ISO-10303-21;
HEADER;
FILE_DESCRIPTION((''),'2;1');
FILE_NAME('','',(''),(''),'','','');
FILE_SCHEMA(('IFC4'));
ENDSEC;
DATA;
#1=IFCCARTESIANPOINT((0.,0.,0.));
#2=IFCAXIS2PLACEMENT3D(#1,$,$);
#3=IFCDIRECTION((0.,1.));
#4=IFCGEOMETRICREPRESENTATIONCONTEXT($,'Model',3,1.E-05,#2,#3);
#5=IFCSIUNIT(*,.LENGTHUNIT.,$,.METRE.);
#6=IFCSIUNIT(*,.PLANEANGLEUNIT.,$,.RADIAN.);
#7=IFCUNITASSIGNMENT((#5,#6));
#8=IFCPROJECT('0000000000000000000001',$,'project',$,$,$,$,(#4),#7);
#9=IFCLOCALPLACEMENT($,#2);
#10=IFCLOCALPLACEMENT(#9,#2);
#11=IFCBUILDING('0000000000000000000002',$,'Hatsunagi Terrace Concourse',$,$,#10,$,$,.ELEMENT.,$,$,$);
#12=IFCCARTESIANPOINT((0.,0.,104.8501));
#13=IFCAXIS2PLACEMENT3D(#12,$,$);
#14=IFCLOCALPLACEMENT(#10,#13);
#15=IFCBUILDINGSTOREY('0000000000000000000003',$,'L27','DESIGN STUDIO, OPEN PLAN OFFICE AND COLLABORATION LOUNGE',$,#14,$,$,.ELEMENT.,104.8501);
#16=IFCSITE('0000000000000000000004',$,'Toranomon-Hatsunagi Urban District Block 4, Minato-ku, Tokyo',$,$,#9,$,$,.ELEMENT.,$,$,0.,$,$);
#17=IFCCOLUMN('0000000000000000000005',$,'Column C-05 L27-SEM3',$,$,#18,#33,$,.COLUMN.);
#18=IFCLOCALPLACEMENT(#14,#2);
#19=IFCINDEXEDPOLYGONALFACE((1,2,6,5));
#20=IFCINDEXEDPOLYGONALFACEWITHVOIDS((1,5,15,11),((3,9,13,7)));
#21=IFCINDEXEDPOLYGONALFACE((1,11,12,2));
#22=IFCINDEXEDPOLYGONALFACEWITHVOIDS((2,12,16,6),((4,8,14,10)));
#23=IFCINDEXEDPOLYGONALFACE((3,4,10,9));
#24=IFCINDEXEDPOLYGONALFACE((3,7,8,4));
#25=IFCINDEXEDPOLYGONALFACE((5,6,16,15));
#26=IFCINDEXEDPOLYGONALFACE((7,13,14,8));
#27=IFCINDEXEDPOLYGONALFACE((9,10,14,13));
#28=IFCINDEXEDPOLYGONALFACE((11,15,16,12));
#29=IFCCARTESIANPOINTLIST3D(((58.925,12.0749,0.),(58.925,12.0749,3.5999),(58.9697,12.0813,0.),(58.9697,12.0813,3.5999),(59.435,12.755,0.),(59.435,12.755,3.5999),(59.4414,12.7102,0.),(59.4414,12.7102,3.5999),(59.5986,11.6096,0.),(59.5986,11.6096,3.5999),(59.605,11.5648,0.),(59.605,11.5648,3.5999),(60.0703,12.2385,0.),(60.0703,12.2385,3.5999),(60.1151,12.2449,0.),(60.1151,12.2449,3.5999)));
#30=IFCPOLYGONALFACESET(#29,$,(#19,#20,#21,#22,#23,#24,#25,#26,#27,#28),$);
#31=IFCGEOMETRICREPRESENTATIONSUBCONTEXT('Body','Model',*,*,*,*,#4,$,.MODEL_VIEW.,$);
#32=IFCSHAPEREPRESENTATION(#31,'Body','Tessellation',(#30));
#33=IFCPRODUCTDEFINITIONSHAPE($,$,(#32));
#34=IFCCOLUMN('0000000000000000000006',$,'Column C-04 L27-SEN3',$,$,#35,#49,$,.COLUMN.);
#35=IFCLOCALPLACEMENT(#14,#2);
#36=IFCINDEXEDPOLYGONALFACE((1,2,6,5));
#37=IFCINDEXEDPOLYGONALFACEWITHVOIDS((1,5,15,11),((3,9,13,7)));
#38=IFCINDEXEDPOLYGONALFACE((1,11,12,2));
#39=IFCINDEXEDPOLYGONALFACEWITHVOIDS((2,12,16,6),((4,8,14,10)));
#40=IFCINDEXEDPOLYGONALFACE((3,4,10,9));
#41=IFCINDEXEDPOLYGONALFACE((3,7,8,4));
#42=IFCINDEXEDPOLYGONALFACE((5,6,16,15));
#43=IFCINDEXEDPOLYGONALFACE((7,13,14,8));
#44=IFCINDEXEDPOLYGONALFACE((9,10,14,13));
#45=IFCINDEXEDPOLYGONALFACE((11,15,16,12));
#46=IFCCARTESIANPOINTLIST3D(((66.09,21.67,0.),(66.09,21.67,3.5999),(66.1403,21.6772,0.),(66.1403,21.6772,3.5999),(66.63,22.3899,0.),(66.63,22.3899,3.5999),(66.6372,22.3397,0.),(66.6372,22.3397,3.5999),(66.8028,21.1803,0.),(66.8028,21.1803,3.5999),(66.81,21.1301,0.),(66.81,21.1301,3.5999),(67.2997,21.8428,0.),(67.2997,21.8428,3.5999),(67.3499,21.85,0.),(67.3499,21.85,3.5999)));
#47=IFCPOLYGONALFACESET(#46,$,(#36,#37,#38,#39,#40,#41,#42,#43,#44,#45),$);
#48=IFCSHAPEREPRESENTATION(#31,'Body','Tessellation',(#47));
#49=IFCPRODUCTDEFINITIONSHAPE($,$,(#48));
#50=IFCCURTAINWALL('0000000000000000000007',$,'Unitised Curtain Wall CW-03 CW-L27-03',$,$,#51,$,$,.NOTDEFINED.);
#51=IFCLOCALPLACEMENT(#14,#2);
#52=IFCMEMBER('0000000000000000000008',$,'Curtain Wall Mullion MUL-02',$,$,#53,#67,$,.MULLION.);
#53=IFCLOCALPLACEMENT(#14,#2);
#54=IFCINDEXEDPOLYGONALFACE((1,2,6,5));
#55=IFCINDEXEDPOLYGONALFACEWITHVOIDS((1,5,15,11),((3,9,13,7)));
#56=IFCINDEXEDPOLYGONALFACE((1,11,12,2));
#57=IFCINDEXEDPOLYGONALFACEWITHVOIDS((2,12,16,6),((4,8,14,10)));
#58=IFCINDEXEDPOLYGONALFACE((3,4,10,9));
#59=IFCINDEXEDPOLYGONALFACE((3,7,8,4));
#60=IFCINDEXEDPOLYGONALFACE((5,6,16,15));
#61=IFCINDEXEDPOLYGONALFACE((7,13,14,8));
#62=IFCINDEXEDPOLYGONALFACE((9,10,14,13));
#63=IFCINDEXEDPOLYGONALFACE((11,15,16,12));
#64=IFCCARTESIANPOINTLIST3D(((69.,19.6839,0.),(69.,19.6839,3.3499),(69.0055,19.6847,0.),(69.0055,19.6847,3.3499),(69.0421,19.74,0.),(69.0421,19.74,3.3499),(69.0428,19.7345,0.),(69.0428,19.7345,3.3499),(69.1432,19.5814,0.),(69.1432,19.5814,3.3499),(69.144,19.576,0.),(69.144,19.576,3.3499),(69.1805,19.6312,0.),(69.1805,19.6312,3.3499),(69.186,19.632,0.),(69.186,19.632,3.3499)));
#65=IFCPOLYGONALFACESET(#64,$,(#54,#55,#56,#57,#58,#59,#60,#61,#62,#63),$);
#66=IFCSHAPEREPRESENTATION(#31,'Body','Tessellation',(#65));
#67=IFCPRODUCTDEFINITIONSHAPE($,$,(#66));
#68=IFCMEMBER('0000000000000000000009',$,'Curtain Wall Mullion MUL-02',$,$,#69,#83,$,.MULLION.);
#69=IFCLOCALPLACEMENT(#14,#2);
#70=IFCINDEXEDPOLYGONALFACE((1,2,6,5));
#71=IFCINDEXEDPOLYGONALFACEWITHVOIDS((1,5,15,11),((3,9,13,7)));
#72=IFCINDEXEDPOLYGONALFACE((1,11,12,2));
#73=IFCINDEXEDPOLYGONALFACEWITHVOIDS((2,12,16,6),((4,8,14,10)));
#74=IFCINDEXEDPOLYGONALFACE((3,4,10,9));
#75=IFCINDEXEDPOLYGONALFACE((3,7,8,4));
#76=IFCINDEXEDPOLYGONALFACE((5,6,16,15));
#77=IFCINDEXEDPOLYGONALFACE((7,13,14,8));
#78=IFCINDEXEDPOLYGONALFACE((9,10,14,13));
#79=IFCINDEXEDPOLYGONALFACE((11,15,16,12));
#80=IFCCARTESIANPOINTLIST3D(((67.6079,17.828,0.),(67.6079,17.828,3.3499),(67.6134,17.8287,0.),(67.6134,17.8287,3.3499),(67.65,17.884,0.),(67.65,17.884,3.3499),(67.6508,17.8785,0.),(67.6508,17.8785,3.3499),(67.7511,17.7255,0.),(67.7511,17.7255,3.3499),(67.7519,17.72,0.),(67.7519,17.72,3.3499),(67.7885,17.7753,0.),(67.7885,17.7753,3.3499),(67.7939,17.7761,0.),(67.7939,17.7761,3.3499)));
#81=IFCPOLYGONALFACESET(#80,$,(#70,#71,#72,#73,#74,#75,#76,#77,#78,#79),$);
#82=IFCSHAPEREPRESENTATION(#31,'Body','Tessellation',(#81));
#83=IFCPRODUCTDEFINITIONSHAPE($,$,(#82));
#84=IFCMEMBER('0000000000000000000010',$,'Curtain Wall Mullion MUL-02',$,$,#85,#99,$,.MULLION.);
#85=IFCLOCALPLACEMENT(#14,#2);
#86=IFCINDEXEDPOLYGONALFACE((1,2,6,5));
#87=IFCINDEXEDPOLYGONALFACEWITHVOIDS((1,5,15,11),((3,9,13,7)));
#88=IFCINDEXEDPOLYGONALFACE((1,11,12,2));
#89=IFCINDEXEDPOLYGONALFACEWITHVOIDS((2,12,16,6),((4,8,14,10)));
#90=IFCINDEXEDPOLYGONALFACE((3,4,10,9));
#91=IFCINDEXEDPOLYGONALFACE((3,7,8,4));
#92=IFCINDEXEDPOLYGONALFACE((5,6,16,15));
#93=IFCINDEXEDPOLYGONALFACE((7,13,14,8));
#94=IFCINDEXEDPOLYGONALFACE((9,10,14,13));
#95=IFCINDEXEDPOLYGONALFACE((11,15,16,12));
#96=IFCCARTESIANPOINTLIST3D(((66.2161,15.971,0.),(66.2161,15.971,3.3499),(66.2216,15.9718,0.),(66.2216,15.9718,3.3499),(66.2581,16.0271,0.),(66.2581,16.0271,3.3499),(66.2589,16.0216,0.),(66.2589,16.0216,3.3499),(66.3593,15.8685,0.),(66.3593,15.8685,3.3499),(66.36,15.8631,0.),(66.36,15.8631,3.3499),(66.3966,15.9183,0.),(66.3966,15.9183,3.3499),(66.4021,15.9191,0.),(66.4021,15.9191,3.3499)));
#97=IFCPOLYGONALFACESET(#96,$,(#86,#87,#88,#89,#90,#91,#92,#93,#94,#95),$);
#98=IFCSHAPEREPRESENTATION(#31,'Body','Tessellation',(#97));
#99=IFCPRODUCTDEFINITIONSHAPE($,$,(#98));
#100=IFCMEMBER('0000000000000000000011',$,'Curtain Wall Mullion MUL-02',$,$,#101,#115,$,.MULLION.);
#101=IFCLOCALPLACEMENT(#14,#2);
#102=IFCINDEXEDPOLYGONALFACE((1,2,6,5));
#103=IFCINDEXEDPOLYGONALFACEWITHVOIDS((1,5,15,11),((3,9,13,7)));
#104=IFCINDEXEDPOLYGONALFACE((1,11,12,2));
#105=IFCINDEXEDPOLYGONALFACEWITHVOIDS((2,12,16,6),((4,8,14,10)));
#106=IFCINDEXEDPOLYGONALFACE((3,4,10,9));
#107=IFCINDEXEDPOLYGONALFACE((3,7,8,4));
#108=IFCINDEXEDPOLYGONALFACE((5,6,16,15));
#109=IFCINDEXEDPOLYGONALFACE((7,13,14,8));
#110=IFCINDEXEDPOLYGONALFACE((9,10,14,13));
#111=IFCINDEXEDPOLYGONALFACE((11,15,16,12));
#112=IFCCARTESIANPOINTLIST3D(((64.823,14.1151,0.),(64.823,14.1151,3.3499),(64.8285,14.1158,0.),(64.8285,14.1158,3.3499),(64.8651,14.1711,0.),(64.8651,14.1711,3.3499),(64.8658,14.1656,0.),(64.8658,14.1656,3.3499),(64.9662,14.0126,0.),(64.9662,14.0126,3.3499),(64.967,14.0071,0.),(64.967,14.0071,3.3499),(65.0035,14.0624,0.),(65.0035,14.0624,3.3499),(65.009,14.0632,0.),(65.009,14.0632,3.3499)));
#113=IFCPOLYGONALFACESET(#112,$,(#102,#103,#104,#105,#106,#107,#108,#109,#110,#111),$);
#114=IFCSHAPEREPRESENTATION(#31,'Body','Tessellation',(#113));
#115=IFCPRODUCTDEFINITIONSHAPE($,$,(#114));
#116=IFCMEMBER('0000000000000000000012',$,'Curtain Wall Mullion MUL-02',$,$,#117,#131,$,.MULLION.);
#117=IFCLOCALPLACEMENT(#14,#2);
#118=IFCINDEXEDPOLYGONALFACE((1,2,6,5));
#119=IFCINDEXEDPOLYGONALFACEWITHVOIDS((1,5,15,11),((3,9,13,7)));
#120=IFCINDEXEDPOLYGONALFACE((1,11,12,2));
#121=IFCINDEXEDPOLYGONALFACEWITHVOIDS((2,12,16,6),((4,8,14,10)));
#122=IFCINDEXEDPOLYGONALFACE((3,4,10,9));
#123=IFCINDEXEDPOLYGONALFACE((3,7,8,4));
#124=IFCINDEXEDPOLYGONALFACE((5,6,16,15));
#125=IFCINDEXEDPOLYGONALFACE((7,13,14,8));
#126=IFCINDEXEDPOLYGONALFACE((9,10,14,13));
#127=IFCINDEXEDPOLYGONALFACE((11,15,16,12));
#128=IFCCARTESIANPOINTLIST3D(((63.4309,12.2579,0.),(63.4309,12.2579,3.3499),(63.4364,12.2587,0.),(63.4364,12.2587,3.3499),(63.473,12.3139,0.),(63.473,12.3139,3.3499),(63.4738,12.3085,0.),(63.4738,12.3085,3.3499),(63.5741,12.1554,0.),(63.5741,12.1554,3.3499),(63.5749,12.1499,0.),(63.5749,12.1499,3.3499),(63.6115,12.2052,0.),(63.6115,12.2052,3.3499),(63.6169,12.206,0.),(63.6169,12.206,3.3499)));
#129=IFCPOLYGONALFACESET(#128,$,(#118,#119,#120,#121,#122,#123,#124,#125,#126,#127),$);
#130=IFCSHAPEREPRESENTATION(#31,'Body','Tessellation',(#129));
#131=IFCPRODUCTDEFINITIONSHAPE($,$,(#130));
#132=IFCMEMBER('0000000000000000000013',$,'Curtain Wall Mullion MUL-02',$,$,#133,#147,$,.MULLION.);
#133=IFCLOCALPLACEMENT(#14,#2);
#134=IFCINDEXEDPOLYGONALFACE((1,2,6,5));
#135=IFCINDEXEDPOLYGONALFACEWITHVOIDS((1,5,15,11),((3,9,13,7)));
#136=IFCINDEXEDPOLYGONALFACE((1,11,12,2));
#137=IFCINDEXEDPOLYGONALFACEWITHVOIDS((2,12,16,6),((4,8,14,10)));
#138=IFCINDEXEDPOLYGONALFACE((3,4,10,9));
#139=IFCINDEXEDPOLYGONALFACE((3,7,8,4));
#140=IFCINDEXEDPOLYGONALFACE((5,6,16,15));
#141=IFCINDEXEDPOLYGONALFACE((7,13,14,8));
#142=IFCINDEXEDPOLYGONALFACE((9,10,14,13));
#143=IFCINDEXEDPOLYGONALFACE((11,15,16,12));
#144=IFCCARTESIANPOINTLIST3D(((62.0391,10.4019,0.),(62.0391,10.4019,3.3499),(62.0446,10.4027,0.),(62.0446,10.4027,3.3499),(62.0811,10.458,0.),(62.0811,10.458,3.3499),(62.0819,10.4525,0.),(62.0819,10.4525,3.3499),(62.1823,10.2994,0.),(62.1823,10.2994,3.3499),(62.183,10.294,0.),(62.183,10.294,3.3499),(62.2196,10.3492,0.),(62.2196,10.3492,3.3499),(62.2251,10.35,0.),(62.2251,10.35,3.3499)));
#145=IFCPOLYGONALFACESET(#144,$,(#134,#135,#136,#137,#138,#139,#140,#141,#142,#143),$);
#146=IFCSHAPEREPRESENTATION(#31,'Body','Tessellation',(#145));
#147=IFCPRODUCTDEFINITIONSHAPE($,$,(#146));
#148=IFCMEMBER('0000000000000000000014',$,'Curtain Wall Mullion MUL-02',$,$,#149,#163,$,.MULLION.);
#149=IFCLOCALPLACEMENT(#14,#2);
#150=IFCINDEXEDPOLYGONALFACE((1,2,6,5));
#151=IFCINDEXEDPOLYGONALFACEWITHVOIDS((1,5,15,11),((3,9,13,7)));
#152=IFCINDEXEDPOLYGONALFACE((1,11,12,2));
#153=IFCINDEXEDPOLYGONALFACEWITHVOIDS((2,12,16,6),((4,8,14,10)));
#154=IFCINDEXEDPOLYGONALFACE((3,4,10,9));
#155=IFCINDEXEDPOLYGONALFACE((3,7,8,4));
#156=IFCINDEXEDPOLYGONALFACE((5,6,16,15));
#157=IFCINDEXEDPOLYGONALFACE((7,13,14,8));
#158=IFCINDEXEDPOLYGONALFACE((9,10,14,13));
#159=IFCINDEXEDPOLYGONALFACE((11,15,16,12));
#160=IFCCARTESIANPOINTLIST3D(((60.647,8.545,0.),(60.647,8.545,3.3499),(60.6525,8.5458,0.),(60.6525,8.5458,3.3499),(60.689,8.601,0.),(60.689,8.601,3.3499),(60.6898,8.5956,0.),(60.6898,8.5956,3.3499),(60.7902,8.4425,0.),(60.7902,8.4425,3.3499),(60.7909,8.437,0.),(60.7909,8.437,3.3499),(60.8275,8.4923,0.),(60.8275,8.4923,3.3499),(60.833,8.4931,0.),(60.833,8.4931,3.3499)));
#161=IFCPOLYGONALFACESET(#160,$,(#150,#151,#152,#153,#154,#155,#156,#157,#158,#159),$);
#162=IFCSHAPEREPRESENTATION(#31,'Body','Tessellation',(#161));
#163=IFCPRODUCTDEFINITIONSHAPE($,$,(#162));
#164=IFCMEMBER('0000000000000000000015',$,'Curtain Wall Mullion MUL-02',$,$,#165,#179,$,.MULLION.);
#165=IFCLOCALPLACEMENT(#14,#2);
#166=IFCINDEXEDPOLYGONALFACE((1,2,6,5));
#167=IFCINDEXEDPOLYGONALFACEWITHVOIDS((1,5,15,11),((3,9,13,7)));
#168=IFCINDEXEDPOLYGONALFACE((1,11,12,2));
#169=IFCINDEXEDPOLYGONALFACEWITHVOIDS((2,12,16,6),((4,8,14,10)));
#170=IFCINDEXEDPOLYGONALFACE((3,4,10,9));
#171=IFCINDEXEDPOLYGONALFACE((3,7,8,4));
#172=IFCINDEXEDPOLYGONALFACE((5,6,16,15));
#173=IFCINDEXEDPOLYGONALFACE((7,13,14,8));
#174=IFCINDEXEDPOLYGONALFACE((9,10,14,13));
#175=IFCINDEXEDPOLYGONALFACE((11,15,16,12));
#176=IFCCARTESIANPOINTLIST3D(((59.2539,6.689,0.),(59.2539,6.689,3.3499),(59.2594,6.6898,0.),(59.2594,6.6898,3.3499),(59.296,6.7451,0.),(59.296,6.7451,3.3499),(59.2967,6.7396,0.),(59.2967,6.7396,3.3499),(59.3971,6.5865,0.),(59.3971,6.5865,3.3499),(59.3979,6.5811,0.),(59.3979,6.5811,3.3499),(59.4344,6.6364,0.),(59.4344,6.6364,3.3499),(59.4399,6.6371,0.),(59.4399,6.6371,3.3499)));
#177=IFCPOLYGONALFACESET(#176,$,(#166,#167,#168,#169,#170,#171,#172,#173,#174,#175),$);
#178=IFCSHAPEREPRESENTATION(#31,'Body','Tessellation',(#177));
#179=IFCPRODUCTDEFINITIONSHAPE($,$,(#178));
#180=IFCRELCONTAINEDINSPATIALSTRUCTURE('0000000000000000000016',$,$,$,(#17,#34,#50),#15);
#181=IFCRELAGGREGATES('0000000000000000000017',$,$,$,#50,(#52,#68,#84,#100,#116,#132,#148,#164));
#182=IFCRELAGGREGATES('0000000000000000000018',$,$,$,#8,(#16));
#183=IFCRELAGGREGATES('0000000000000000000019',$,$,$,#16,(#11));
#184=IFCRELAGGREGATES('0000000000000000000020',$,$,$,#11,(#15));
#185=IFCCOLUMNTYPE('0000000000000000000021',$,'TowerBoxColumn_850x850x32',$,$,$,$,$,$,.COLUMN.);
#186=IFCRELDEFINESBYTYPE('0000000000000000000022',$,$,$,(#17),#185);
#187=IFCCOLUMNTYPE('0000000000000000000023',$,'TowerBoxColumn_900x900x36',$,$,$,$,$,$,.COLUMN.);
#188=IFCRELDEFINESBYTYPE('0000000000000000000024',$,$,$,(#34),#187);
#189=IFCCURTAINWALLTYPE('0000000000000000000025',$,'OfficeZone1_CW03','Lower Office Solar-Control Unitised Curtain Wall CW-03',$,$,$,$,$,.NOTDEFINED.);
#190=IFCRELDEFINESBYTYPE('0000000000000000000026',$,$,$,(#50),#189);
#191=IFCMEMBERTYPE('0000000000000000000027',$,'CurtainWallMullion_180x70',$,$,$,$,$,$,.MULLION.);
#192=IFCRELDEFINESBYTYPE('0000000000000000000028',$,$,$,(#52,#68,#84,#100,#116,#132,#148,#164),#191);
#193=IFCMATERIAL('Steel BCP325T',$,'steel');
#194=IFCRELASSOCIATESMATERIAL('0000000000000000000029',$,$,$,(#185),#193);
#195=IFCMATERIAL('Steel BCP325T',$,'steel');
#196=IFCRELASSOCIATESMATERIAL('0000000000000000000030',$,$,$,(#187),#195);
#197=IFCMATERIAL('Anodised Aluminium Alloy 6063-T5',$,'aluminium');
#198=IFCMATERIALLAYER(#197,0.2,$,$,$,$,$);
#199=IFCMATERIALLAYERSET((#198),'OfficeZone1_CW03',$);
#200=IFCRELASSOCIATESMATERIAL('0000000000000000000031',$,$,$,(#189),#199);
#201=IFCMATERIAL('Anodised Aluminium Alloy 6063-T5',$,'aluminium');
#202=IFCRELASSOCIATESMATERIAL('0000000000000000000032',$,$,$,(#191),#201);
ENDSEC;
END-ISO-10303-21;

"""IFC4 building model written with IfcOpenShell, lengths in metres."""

from ifc_helpers import new_model, si_unit, direction, frame, origin, origin_2d, place, context, subcontext, project, spatial, hollow_rectangle, extrude, material, layer, layer_set, material_profile, profile_set, type_object, element, aggregate, save


model = new_model("IFC4")

# Units and contexts
model_context = context("Model", 3, precision=1e-05, world=origin(), true_north=direction((0.0, 1.0)))
body_context = subcontext(model_context, "Body", "Model", "MODEL_VIEW")
ifc_project = project(units=[si_unit("LENGTHUNIT", "METRE"), si_unit("PLANEANGLEUNIT", "RADIAN")], contexts=[model_context])

# Site, building, storey
site_placement = place(None, origin())
site = spatial("IfcSite", under=ifc_project, at=site_placement, Name="Toranomon-Hatsunagi Urban District Block 4, Minato-ku, Tokyo", CompositionType="ELEMENT", RefElevation=0.0)
building_placement = place(site_placement, origin())
building = spatial("IfcBuilding", under=site, at=building_placement, Name="Hatsunagi Terrace Concourse", CompositionType="ELEMENT")
storey_placement = place(building_placement, frame((0.0, 0.0, 104.8501)))
storey = spatial("IfcBuildingStorey", under=building, at=storey_placement, Name="L27", Description="DESIGN STUDIO, OPEN PLAN OFFICE AND COLLABORATION LOUNGE", CompositionType="ELEMENT", Elevation=104.8501)

# Columns
ifc_material_1 = material(Name="Steel BCP325T", Category="steel")
ifc_material_profile_1 = material_profile(ifc_material_1, hollow_rectangle(XDim=0.8501, YDim=0.8501, WallThickness=0.032, at=origin_2d()), Name="BCP-850x850x32")
ifc_profile_set_1 = profile_set([ifc_material_profile_1], Name="Steel BCP325T")
column_type_1 = type_object("IfcColumnType", Name="TowerBoxColumn_850x850x32", PredefinedType="COLUMN", material=ifc_profile_set_1)
column_1_placement = place(storey_placement, frame((59.52, 12.1599, 0.0), z_axis=(0.0, 0.0, 1.0), x_axis=(0.8, -0.6, 0.0)))
element("IfcColumn", 1, at=column_1_placement, inside=storey, type_object=column_type_1, Name="Column C-05 L27-SEM3", PredefinedType="COLUMN", context=body_context, shape_type="SweptSolid", body=[
    extrude(hollow_rectangle(XDim=0.8501, YDim=0.8501, WallThickness=0.032, at=origin_2d()), origin(), (0.0, 0.0, 1.0), 3.5999),
])
ifc_material_2 = material(Name="Steel BCP325T", Category="steel")
ifc_material_profile_2 = material_profile(ifc_material_2, hollow_rectangle(XDim=0.8999, YDim=0.8999, WallThickness=0.0359, at=origin_2d()), Name="BCP-900x900x36")
ifc_profile_set_2 = profile_set([ifc_material_profile_2], Name="Steel BCP325T")
column_type_2 = type_object("IfcColumnType", Name="TowerBoxColumn_900x900x36", PredefinedType="COLUMN", material=ifc_profile_set_2)
column_2_placement = place(storey_placement, frame((66.72, 21.76, 0.0), z_axis=(0.0, 0.0, 1.0), x_axis=(0.8, -0.6, 0.0)))
element("IfcColumn", 2, at=column_2_placement, inside=storey, type_object=column_type_2, Name="Column C-04 L27-SEN3", PredefinedType="COLUMN", context=body_context, shape_type="SweptSolid", body=[
    extrude(hollow_rectangle(XDim=0.8999, YDim=0.8999, WallThickness=0.0359, at=origin_2d()), origin(), (0.0, 0.0, 1.0), 3.5999),
])

# Curtain wall, members
ifc_material_3 = material(Name="Anodised Aluminium Alloy 6063-T5", Category="aluminium")
ifc_layer_1 = layer(ifc_material_3, 0.2)
ifc_layer_set_1 = layer_set([ifc_layer_1], Name="OfficeZone1_CW03")
curtain_wall_type = type_object("IfcCurtainWallType", Name="OfficeZone1_CW03", Description="Lower Office Solar-Control Unitised Curtain Wall CW-03", PredefinedType="NOTDEFINED", material=ifc_layer_set_1)
curtain_wall_placement = place(storey_placement, origin())
curtain_wall = element("IfcCurtainWall", 3, at=curtain_wall_placement, inside=storey, type_object=curtain_wall_type, Name="Unitised Curtain Wall CW-03 CW-L27-03", PredefinedType="NOTDEFINED")
ifc_material_4 = material(Name="Anodised Aluminium Alloy 6063-T5", Category="aluminium")
ifc_material_profile_3 = material_profile(ifc_material_4, hollow_rectangle(XDim=0.0701, YDim=0.1799, WallThickness=0.0039, at=origin_2d()), Name="ALU-MUL-180x70x4")
ifc_profile_set_3 = profile_set([ifc_material_profile_3], Name="Anodised Aluminium Alloy 6063-T5")
member_type_1 = type_object("IfcMemberType", Name="CurtainWallMullion_180x70", PredefinedType="MULLION", material=ifc_profile_set_3)
member_1_placement = place(storey_placement, frame((69.093, 19.658, 0.0), z_axis=(0.0, 0.0, 1.0), x_axis=(-0.599969, -0.800023, 0.0)))
member_1 = element("IfcMember", 4, at=member_1_placement, type_object=member_type_1, Name="Curtain Wall Mullion MUL-02", PredefinedType="MULLION", context=body_context, shape_type="SweptSolid", body=[
    extrude(hollow_rectangle(XDim=0.0701, YDim=0.1799, WallThickness=0.0039, at=origin_2d()), origin(), (0.0, 0.0, 1.0), 3.3499),
])
member_2_placement = place(storey_placement, frame((67.7009, 17.802, 0.0), z_axis=(0.0, 0.0, 1.0), x_axis=(-0.599969, -0.800023, 0.0)))
member_2 = element("IfcMember", 5, at=member_2_placement, type_object=member_type_1, Name="Curtain Wall Mullion MUL-02", PredefinedType="MULLION", context=body_context, shape_type="SweptSolid", body=[
    extrude(hollow_rectangle(XDim=0.0701, YDim=0.1799, WallThickness=0.0039, at=origin_2d()), origin(), (0.0, 0.0, 1.0), 3.3499),
])
member_3_placement = place(storey_placement, frame((66.3091, 15.9451, 0.0), z_axis=(0.0, 0.0, 1.0), x_axis=(-0.599969, -0.800023, 0.0)))
member_3 = element("IfcMember", 6, at=member_3_placement, type_object=member_type_1, Name="Curtain Wall Mullion MUL-02", PredefinedType="MULLION", context=body_context, shape_type="SweptSolid", body=[
    extrude(hollow_rectangle(XDim=0.0701, YDim=0.1799, WallThickness=0.0039, at=origin_2d()), origin(), (0.0, 0.0, 1.0), 3.3499),
])
member_4_placement = place(storey_placement, frame((64.916, 14.0891, 0.0), z_axis=(0.0, 0.0, 1.0), x_axis=(-0.599969, -0.800023, 0.0)))
member_4 = element("IfcMember", 7, at=member_4_placement, type_object=member_type_1, Name="Curtain Wall Mullion MUL-02", PredefinedType="MULLION", context=body_context, shape_type="SweptSolid", body=[
    extrude(hollow_rectangle(XDim=0.0701, YDim=0.1799, WallThickness=0.0039, at=origin_2d()), origin(), (0.0, 0.0, 1.0), 3.3499),
])
member_5_placement = place(storey_placement, frame((63.5239, 12.2319, 0.0), z_axis=(0.0, 0.0, 1.0), x_axis=(-0.599969, -0.800023, 0.0)))
member_5 = element("IfcMember", 8, at=member_5_placement, type_object=member_type_1, Name="Curtain Wall Mullion MUL-02", PredefinedType="MULLION", context=body_context, shape_type="SweptSolid", body=[
    extrude(hollow_rectangle(XDim=0.0701, YDim=0.1799, WallThickness=0.0039, at=origin_2d()), origin(), (0.0, 0.0, 1.0), 3.3499),
])
member_6_placement = place(storey_placement, frame((62.1321, 10.376, 0.0), z_axis=(0.0, 0.0, 1.0), x_axis=(-0.599969, -0.800023, 0.0)))
member_6 = element("IfcMember", 9, at=member_6_placement, type_object=member_type_1, Name="Curtain Wall Mullion MUL-02", PredefinedType="MULLION", context=body_context, shape_type="SweptSolid", body=[
    extrude(hollow_rectangle(XDim=0.0701, YDim=0.1799, WallThickness=0.0039, at=origin_2d()), origin(), (0.0, 0.0, 1.0), 3.3499),
])
member_7_placement = place(storey_placement, frame((60.74, 8.519, 0.0), z_axis=(0.0, 0.0, 1.0), x_axis=(-0.599969, -0.800023, 0.0)))
member_7 = element("IfcMember", 10, at=member_7_placement, type_object=member_type_1, Name="Curtain Wall Mullion MUL-02", PredefinedType="MULLION", context=body_context, shape_type="SweptSolid", body=[
    extrude(hollow_rectangle(XDim=0.0701, YDim=0.1799, WallThickness=0.0039, at=origin_2d()), origin(), (0.0, 0.0, 1.0), 3.3499),
])
member_8_placement = place(storey_placement, frame((59.3469, 6.6631, 0.0), z_axis=(0.0, 0.0, 1.0), x_axis=(-0.599969, -0.800023, 0.0)))
member_8 = element("IfcMember", 11, at=member_8_placement, type_object=member_type_1, Name="Curtain Wall Mullion MUL-02", PredefinedType="MULLION", context=body_context, shape_type="SweptSolid", body=[
    extrude(hollow_rectangle(XDim=0.0701, YDim=0.1799, WallThickness=0.0039, at=origin_2d()), origin(), (0.0, 0.0, 1.0), 3.3499),
])

aggregate(curtain_wall, [member_1, member_2, member_3, member_4, member_5, member_6, member_7, member_8])

save(model, "model.ifc")
